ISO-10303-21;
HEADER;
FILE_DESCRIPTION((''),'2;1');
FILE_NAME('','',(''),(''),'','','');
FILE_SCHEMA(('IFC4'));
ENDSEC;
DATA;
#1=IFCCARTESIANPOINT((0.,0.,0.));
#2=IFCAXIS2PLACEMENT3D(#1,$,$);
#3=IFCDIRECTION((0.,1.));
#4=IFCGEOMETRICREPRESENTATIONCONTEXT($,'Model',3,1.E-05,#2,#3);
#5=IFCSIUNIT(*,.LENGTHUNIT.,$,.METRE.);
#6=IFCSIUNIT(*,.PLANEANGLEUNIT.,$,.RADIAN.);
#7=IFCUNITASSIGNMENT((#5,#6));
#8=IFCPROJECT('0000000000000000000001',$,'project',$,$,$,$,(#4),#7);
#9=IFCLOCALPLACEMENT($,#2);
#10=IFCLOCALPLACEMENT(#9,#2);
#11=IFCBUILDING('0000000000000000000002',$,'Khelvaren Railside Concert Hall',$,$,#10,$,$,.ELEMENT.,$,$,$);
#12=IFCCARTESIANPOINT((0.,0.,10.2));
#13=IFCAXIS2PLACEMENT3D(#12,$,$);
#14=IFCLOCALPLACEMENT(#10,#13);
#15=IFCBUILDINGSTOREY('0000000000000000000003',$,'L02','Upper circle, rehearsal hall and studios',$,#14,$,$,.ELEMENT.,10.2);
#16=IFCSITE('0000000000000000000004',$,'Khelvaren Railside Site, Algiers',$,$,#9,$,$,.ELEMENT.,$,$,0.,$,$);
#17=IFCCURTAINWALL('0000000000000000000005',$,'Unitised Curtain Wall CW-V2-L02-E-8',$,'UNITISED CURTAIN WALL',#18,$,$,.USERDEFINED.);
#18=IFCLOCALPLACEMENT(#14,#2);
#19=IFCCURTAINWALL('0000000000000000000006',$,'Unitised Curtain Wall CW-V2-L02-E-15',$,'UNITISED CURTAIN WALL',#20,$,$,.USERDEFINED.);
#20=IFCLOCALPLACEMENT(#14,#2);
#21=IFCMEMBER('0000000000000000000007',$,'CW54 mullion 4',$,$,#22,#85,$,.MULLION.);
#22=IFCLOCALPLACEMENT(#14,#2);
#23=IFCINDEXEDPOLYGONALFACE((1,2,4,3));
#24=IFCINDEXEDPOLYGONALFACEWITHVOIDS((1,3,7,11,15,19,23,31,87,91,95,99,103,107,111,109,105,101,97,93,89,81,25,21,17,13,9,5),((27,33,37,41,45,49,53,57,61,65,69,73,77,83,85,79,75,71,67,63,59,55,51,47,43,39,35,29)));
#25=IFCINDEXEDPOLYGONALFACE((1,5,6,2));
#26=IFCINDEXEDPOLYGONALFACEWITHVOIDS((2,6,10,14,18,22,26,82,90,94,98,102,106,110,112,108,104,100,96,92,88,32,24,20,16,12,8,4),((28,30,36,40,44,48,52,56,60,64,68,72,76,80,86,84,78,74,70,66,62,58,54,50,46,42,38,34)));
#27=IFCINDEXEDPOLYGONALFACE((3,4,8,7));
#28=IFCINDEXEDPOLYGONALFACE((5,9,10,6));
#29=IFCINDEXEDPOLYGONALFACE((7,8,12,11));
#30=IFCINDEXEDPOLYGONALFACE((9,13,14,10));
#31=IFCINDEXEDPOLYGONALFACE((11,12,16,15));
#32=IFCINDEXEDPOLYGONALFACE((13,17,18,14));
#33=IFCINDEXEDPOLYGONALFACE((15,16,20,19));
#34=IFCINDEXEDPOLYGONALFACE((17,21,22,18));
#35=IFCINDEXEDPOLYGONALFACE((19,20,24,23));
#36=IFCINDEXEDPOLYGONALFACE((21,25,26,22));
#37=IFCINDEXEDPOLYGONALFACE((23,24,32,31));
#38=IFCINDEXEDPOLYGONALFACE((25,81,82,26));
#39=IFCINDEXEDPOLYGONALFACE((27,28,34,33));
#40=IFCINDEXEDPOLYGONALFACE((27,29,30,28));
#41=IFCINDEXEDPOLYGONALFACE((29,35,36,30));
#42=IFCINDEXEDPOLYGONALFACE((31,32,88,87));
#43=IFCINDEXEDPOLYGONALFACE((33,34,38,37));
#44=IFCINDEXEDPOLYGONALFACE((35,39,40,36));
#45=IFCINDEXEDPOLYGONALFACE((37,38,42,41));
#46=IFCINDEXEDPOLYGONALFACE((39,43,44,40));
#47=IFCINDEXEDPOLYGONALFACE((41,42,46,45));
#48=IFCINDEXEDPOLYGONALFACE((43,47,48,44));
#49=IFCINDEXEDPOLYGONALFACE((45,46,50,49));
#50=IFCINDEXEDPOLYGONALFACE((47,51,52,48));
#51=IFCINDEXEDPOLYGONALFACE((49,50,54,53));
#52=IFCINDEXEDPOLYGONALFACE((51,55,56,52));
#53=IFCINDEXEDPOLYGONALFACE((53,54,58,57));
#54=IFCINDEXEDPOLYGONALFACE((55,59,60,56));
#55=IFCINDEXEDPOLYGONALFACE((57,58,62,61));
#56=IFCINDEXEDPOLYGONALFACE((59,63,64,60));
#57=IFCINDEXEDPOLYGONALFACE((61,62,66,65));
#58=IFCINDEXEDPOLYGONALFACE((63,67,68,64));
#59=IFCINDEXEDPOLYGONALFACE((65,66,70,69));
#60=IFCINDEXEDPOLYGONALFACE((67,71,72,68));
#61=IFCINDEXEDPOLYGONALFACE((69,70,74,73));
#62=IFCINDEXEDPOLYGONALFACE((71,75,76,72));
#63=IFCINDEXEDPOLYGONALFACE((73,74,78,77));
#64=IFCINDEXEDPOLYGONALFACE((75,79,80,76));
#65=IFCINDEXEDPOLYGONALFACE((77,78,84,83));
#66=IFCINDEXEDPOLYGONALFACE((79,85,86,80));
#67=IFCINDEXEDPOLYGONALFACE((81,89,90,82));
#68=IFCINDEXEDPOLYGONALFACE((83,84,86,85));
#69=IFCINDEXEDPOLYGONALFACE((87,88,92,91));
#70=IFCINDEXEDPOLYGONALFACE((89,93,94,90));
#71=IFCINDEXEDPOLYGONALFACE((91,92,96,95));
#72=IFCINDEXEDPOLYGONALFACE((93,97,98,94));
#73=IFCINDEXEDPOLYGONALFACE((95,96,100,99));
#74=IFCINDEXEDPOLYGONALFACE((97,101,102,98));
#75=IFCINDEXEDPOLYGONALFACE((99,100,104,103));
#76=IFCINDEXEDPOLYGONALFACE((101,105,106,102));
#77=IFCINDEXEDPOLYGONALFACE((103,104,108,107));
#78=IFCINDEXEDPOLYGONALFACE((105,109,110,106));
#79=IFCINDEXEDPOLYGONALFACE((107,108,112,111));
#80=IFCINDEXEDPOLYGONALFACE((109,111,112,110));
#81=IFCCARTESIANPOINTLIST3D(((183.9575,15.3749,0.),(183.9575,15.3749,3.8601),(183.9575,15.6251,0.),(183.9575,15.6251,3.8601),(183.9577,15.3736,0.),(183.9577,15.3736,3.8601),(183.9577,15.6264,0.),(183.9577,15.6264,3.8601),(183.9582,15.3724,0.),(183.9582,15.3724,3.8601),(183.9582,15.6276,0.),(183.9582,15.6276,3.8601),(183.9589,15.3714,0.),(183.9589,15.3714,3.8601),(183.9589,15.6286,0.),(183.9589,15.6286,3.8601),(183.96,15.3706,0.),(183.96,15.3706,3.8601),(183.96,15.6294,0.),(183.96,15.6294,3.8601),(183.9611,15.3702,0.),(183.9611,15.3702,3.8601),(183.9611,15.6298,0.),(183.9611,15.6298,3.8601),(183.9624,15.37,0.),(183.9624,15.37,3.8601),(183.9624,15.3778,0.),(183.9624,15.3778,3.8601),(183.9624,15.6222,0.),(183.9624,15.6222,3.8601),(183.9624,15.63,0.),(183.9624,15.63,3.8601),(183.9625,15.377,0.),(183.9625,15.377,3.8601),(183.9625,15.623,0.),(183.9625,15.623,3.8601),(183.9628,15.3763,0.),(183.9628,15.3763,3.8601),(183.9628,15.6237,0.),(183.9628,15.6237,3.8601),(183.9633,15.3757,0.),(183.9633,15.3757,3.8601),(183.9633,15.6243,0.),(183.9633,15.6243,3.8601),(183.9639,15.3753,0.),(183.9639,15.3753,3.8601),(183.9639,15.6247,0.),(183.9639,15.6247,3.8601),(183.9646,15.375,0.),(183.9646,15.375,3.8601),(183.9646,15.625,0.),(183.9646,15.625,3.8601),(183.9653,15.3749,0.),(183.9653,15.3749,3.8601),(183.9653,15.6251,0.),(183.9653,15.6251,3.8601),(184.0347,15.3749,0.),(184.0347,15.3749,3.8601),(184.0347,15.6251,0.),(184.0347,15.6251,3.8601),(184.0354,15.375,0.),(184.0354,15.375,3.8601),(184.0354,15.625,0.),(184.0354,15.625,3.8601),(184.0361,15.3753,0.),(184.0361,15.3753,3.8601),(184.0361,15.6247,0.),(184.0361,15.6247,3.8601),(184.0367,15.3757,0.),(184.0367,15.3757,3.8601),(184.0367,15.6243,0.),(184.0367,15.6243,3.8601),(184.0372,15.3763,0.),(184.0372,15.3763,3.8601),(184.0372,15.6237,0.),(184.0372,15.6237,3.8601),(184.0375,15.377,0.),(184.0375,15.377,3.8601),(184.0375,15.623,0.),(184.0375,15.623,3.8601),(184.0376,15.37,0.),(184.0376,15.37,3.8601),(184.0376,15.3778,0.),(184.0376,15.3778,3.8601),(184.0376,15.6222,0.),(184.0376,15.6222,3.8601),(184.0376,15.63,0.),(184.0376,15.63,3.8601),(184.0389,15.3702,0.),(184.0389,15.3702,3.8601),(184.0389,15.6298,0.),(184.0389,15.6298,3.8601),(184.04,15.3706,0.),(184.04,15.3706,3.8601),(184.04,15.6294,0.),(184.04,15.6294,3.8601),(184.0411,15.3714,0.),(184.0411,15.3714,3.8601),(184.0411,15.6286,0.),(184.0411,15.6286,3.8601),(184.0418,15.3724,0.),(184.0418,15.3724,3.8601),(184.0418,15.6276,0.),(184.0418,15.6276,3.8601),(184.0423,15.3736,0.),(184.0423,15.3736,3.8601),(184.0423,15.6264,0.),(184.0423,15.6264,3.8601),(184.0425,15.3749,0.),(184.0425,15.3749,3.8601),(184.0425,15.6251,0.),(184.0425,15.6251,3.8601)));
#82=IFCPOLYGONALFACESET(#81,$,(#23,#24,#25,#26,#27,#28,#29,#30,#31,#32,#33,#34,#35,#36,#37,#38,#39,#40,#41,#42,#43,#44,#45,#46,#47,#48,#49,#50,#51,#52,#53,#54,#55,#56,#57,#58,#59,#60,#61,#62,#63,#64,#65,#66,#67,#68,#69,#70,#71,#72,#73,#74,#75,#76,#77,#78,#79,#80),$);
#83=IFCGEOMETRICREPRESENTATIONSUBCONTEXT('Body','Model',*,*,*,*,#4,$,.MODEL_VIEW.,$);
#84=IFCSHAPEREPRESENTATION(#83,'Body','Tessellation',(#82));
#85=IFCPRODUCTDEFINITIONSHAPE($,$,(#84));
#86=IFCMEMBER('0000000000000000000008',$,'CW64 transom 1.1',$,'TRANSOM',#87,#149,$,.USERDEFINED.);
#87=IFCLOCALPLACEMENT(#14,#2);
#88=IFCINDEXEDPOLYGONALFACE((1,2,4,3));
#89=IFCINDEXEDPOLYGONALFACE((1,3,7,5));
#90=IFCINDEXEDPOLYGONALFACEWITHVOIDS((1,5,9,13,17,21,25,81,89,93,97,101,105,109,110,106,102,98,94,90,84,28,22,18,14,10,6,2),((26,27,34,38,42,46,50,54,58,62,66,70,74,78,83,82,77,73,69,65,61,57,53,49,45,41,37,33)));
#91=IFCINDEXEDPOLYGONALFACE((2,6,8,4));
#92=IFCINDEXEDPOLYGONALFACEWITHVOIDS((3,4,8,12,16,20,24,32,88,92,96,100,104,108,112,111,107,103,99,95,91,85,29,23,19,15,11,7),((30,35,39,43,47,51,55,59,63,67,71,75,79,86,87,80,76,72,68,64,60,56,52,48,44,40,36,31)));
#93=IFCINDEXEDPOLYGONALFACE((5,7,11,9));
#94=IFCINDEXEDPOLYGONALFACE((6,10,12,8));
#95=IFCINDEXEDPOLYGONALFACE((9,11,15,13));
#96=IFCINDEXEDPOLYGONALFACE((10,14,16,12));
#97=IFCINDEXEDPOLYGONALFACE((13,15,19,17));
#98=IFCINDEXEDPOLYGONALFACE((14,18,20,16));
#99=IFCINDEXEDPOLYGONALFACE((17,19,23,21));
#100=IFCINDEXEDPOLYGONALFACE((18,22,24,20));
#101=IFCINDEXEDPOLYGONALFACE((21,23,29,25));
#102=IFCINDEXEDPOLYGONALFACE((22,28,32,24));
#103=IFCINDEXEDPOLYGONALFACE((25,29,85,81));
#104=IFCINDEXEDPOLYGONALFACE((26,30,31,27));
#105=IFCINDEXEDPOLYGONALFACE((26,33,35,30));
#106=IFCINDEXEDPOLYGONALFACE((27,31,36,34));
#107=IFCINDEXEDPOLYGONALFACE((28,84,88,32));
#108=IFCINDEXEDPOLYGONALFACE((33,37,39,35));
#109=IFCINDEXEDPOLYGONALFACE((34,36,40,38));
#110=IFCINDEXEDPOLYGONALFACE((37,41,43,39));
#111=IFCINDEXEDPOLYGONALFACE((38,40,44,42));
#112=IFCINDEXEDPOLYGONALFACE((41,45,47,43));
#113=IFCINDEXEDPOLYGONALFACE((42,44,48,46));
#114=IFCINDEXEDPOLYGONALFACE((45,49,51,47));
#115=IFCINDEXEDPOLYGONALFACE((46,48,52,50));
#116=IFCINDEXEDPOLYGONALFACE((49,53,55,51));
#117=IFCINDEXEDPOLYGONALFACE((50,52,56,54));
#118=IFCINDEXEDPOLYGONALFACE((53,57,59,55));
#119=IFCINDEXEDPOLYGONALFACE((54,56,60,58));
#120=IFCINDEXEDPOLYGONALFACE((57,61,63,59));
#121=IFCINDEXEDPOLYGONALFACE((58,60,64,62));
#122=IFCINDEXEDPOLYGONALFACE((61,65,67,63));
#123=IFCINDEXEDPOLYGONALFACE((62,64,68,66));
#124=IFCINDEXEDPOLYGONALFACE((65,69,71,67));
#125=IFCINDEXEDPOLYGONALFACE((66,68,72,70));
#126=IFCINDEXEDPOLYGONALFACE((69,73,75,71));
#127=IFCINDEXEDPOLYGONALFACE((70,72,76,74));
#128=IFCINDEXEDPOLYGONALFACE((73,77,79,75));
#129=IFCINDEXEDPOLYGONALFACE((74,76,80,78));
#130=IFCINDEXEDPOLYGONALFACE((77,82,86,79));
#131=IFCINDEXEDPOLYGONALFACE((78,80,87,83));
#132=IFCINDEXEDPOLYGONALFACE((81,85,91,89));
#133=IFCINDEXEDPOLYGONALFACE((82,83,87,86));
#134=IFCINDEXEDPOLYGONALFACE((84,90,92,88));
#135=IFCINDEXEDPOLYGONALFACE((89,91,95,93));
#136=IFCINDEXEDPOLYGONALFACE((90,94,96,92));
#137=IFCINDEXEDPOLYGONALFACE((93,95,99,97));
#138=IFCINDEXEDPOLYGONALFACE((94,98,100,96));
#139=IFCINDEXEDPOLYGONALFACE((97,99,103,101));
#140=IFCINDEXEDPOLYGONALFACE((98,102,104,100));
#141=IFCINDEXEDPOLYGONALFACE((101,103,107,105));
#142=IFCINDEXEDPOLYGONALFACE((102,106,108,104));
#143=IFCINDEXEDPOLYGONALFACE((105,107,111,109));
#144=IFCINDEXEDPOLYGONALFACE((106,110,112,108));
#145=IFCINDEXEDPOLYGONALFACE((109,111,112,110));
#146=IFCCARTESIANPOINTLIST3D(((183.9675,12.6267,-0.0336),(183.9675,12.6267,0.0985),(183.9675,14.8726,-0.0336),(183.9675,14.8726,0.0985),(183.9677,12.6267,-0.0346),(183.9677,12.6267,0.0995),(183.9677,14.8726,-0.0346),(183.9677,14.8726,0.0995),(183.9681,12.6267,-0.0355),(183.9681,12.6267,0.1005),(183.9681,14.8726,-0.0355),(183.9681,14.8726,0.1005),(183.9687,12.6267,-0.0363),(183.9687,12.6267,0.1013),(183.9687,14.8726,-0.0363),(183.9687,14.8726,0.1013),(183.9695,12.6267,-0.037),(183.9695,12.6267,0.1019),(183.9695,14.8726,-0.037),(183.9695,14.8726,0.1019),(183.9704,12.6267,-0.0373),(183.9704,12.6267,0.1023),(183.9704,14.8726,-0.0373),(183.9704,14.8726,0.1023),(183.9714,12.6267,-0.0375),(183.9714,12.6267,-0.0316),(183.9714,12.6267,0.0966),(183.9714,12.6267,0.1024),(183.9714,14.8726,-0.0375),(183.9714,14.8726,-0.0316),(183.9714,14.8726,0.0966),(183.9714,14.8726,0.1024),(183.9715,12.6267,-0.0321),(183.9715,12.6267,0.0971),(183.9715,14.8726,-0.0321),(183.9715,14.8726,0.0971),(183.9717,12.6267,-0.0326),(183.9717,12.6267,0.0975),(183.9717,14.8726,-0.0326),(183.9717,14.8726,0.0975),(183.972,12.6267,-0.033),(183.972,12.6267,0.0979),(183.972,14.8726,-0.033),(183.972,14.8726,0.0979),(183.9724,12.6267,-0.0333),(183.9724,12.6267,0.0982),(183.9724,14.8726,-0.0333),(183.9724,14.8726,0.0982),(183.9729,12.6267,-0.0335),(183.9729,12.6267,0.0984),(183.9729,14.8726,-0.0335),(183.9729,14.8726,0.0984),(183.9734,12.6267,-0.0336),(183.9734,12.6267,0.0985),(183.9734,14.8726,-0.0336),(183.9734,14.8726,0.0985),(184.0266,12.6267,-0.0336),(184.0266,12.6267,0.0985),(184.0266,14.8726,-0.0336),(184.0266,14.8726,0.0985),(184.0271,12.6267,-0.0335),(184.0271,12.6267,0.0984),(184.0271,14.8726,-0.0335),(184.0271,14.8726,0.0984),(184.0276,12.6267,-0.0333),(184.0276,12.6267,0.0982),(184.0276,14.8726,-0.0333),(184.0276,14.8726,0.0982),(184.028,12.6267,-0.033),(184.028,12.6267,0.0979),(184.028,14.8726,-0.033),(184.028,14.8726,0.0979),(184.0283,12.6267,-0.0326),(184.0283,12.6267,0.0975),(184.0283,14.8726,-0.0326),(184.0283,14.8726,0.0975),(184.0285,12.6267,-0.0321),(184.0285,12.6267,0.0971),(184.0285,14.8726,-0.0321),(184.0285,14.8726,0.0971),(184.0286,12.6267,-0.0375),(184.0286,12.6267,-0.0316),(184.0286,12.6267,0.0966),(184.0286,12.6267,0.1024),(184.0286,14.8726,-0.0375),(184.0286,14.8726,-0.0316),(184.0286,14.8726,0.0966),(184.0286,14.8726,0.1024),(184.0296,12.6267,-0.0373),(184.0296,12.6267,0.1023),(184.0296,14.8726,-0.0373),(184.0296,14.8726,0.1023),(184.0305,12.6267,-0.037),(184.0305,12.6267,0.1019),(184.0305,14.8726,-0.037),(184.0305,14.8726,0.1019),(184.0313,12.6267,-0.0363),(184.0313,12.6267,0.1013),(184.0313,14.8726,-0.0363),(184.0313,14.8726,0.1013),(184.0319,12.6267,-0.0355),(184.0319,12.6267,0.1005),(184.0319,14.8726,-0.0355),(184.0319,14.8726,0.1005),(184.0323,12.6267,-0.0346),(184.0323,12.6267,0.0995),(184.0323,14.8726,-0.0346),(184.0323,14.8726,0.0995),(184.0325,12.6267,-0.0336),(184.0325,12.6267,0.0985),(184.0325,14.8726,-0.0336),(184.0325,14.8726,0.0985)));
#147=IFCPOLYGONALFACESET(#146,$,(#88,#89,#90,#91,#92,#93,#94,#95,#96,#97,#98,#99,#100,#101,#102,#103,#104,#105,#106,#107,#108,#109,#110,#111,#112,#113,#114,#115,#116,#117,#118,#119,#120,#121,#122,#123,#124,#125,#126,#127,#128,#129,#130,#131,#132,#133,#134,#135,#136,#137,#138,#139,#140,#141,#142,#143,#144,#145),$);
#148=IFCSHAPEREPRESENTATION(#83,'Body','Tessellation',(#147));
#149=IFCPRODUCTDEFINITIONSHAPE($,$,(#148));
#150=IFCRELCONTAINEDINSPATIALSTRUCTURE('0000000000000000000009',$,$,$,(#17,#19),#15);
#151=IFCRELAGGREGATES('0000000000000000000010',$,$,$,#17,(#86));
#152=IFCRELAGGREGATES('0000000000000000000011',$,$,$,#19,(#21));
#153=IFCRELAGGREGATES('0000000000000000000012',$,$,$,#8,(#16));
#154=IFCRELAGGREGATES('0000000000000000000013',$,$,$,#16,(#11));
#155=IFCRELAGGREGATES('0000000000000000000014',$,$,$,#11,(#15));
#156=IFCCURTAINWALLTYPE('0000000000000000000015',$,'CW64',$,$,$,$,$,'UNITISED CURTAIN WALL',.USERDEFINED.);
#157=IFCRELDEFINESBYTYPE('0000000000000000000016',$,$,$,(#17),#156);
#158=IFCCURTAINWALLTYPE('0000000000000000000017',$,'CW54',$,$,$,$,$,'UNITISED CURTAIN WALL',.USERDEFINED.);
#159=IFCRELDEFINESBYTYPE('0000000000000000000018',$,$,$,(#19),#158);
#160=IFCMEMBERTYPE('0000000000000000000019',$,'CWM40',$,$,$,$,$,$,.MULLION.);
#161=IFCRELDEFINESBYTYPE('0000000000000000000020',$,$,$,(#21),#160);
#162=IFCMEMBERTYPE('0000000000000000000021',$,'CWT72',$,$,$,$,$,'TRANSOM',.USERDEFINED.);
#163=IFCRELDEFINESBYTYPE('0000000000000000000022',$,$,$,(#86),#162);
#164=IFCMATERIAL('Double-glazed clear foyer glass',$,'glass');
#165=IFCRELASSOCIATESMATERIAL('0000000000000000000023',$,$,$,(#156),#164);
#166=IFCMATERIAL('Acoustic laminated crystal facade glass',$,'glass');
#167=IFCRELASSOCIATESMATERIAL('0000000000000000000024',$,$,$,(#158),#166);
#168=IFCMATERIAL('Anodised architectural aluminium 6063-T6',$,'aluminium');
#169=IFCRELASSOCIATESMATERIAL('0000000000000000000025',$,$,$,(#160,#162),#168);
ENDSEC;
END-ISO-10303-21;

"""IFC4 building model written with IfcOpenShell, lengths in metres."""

from ifc_helpers import new_model, si_unit, direction, frame, origin, origin_2d, place, context, subcontext, project, spatial, hollow_rectangle, extrude, material, material_profile, profile_set, type_object, element, aggregate, save


model = new_model("IFC4")

# Units and contexts
model_context = context("Model", 3, precision=1e-05, world=origin(), true_north=direction((0.0, 1.0)))
body_context = subcontext(model_context, "Body", "Model", "MODEL_VIEW")
ifc_project = project(units=[si_unit("LENGTHUNIT", "METRE"), si_unit("PLANEANGLEUNIT", "RADIAN")], contexts=[model_context])

# Site, building, storey
site_placement = place(None, origin())
site = spatial("IfcSite", under=ifc_project, at=site_placement, Name="Khelvaren Railside Site, Algiers", CompositionType="ELEMENT", RefElevation=0.0)
building_placement = place(site_placement, origin())
building = spatial("IfcBuilding", under=site, at=building_placement, Name="Khelvaren Railside Concert Hall", CompositionType="ELEMENT")
storey_placement = place(building_placement, frame((0.0, 0.0, 10.2)))
storey = spatial("IfcBuildingStorey", under=building, at=storey_placement, Name="L02", Description="Upper circle, rehearsal hall and studios", CompositionType="ELEMENT", Elevation=10.2)

# Curtain wall
ifc_material_1 = material(Name="Double-glazed clear foyer glass", Category="glass")
curtain_wall_type_1 = type_object("IfcCurtainWallType", Name="CW64", ElementType="UNITISED CURTAIN WALL", PredefinedType="USERDEFINED", material=ifc_material_1)
curtain_wall_1_placement = place(storey_placement, origin())
curtain_wall_1 = element("IfcCurtainWall", 1, at=curtain_wall_1_placement, inside=storey, type_object=curtain_wall_type_1, Name="Unitised Curtain Wall CW-V2-L02-E-8", ObjectType="UNITISED CURTAIN WALL", PredefinedType="USERDEFINED")
ifc_material_2 = material(Name="Anodised architectural aluminium 6063-T6", Category="aluminium")

# Curtain wall, member
ifc_material_3 = material(Name="Acoustic laminated crystal facade glass", Category="glass")
curtain_wall_type_2 = type_object("IfcCurtainWallType", Name="CW54", ElementType="UNITISED CURTAIN WALL", PredefinedType="USERDEFINED", material=ifc_material_3)
curtain_wall_2_placement = place(storey_placement, origin())
curtain_wall_2 = element("IfcCurtainWall", 2, at=curtain_wall_2_placement, inside=storey, type_object=curtain_wall_type_2, Name="Unitised Curtain Wall CW-V2-L02-E-15", ObjectType="UNITISED CURTAIN WALL", PredefinedType="USERDEFINED")
ifc_material_profile_1 = material_profile(ifc_material_2, hollow_rectangle(XDim=0.085, YDim=0.26, WallThickness=0.0049, InnerFilletRadius=0.0029, OuterFilletRadius=0.0049, at=origin_2d()), Name="CWM 85x260x5")
ifc_profile_set_1 = profile_set([ifc_material_profile_1], Name="Anodised architectural aluminium 6063-T6")
member_type_1 = type_object("IfcMemberType", Name="CWM40", PredefinedType="MULLION", material=ifc_profile_set_1)
member_1_placement = place(storey_placement, frame((184.0, 15.5, 0.0), z_axis=(0.0, 0.0, 1.0), x_axis=(1.0, 0.0, 0.0)))
member_1 = element("IfcMember", 3, at=member_1_placement, type_object=member_type_1, Name="CW54 mullion 4", PredefinedType="MULLION", context=body_context, shape_type="SweptSolid", body=[
    extrude(hollow_rectangle(XDim=0.085, YDim=0.26, WallThickness=0.0049, InnerFilletRadius=0.0029, OuterFilletRadius=0.0049, at=origin_2d()), origin(), (0.0, 0.0, 1.0), 3.8601),
])

# Member
ifc_material_profile_2 = material_profile(ifc_material_2, hollow_rectangle(XDim=0.0649, YDim=0.1399, WallThickness=0.0039, InnerFilletRadius=0.002, OuterFilletRadius=0.0039, at=origin_2d()), Name="CWT 65x140x4")
ifc_profile_set_2 = profile_set([ifc_material_profile_2], Name="Anodised architectural aluminium 6063-T6")
member_type_2 = type_object("IfcMemberType", Name="CWT72", ElementType="TRANSOM", PredefinedType="USERDEFINED", material=ifc_profile_set_2)
member_2_placement = place(storey_placement, frame((184.0, 14.8726, 0.0325), z_axis=(0.0, -1.0, 0.0), x_axis=(1.0, 0.0, 0.0)))
member_2 = element("IfcMember", 4, at=member_2_placement, type_object=member_type_2, Name="CW64 transom 1.1", ObjectType="TRANSOM", PredefinedType="USERDEFINED", context=body_context, shape_type="SweptSolid", body=[
    extrude(hollow_rectangle(XDim=0.0649, YDim=0.1399, WallThickness=0.0039, InnerFilletRadius=0.002, OuterFilletRadius=0.0039, at=origin_2d()), origin(), (0.0, 0.0, 1.0), 2.2458),
])

aggregate(curtain_wall_1, [member_2])
aggregate(curtain_wall_2, [member_1])

save(model, "model.ifc")
